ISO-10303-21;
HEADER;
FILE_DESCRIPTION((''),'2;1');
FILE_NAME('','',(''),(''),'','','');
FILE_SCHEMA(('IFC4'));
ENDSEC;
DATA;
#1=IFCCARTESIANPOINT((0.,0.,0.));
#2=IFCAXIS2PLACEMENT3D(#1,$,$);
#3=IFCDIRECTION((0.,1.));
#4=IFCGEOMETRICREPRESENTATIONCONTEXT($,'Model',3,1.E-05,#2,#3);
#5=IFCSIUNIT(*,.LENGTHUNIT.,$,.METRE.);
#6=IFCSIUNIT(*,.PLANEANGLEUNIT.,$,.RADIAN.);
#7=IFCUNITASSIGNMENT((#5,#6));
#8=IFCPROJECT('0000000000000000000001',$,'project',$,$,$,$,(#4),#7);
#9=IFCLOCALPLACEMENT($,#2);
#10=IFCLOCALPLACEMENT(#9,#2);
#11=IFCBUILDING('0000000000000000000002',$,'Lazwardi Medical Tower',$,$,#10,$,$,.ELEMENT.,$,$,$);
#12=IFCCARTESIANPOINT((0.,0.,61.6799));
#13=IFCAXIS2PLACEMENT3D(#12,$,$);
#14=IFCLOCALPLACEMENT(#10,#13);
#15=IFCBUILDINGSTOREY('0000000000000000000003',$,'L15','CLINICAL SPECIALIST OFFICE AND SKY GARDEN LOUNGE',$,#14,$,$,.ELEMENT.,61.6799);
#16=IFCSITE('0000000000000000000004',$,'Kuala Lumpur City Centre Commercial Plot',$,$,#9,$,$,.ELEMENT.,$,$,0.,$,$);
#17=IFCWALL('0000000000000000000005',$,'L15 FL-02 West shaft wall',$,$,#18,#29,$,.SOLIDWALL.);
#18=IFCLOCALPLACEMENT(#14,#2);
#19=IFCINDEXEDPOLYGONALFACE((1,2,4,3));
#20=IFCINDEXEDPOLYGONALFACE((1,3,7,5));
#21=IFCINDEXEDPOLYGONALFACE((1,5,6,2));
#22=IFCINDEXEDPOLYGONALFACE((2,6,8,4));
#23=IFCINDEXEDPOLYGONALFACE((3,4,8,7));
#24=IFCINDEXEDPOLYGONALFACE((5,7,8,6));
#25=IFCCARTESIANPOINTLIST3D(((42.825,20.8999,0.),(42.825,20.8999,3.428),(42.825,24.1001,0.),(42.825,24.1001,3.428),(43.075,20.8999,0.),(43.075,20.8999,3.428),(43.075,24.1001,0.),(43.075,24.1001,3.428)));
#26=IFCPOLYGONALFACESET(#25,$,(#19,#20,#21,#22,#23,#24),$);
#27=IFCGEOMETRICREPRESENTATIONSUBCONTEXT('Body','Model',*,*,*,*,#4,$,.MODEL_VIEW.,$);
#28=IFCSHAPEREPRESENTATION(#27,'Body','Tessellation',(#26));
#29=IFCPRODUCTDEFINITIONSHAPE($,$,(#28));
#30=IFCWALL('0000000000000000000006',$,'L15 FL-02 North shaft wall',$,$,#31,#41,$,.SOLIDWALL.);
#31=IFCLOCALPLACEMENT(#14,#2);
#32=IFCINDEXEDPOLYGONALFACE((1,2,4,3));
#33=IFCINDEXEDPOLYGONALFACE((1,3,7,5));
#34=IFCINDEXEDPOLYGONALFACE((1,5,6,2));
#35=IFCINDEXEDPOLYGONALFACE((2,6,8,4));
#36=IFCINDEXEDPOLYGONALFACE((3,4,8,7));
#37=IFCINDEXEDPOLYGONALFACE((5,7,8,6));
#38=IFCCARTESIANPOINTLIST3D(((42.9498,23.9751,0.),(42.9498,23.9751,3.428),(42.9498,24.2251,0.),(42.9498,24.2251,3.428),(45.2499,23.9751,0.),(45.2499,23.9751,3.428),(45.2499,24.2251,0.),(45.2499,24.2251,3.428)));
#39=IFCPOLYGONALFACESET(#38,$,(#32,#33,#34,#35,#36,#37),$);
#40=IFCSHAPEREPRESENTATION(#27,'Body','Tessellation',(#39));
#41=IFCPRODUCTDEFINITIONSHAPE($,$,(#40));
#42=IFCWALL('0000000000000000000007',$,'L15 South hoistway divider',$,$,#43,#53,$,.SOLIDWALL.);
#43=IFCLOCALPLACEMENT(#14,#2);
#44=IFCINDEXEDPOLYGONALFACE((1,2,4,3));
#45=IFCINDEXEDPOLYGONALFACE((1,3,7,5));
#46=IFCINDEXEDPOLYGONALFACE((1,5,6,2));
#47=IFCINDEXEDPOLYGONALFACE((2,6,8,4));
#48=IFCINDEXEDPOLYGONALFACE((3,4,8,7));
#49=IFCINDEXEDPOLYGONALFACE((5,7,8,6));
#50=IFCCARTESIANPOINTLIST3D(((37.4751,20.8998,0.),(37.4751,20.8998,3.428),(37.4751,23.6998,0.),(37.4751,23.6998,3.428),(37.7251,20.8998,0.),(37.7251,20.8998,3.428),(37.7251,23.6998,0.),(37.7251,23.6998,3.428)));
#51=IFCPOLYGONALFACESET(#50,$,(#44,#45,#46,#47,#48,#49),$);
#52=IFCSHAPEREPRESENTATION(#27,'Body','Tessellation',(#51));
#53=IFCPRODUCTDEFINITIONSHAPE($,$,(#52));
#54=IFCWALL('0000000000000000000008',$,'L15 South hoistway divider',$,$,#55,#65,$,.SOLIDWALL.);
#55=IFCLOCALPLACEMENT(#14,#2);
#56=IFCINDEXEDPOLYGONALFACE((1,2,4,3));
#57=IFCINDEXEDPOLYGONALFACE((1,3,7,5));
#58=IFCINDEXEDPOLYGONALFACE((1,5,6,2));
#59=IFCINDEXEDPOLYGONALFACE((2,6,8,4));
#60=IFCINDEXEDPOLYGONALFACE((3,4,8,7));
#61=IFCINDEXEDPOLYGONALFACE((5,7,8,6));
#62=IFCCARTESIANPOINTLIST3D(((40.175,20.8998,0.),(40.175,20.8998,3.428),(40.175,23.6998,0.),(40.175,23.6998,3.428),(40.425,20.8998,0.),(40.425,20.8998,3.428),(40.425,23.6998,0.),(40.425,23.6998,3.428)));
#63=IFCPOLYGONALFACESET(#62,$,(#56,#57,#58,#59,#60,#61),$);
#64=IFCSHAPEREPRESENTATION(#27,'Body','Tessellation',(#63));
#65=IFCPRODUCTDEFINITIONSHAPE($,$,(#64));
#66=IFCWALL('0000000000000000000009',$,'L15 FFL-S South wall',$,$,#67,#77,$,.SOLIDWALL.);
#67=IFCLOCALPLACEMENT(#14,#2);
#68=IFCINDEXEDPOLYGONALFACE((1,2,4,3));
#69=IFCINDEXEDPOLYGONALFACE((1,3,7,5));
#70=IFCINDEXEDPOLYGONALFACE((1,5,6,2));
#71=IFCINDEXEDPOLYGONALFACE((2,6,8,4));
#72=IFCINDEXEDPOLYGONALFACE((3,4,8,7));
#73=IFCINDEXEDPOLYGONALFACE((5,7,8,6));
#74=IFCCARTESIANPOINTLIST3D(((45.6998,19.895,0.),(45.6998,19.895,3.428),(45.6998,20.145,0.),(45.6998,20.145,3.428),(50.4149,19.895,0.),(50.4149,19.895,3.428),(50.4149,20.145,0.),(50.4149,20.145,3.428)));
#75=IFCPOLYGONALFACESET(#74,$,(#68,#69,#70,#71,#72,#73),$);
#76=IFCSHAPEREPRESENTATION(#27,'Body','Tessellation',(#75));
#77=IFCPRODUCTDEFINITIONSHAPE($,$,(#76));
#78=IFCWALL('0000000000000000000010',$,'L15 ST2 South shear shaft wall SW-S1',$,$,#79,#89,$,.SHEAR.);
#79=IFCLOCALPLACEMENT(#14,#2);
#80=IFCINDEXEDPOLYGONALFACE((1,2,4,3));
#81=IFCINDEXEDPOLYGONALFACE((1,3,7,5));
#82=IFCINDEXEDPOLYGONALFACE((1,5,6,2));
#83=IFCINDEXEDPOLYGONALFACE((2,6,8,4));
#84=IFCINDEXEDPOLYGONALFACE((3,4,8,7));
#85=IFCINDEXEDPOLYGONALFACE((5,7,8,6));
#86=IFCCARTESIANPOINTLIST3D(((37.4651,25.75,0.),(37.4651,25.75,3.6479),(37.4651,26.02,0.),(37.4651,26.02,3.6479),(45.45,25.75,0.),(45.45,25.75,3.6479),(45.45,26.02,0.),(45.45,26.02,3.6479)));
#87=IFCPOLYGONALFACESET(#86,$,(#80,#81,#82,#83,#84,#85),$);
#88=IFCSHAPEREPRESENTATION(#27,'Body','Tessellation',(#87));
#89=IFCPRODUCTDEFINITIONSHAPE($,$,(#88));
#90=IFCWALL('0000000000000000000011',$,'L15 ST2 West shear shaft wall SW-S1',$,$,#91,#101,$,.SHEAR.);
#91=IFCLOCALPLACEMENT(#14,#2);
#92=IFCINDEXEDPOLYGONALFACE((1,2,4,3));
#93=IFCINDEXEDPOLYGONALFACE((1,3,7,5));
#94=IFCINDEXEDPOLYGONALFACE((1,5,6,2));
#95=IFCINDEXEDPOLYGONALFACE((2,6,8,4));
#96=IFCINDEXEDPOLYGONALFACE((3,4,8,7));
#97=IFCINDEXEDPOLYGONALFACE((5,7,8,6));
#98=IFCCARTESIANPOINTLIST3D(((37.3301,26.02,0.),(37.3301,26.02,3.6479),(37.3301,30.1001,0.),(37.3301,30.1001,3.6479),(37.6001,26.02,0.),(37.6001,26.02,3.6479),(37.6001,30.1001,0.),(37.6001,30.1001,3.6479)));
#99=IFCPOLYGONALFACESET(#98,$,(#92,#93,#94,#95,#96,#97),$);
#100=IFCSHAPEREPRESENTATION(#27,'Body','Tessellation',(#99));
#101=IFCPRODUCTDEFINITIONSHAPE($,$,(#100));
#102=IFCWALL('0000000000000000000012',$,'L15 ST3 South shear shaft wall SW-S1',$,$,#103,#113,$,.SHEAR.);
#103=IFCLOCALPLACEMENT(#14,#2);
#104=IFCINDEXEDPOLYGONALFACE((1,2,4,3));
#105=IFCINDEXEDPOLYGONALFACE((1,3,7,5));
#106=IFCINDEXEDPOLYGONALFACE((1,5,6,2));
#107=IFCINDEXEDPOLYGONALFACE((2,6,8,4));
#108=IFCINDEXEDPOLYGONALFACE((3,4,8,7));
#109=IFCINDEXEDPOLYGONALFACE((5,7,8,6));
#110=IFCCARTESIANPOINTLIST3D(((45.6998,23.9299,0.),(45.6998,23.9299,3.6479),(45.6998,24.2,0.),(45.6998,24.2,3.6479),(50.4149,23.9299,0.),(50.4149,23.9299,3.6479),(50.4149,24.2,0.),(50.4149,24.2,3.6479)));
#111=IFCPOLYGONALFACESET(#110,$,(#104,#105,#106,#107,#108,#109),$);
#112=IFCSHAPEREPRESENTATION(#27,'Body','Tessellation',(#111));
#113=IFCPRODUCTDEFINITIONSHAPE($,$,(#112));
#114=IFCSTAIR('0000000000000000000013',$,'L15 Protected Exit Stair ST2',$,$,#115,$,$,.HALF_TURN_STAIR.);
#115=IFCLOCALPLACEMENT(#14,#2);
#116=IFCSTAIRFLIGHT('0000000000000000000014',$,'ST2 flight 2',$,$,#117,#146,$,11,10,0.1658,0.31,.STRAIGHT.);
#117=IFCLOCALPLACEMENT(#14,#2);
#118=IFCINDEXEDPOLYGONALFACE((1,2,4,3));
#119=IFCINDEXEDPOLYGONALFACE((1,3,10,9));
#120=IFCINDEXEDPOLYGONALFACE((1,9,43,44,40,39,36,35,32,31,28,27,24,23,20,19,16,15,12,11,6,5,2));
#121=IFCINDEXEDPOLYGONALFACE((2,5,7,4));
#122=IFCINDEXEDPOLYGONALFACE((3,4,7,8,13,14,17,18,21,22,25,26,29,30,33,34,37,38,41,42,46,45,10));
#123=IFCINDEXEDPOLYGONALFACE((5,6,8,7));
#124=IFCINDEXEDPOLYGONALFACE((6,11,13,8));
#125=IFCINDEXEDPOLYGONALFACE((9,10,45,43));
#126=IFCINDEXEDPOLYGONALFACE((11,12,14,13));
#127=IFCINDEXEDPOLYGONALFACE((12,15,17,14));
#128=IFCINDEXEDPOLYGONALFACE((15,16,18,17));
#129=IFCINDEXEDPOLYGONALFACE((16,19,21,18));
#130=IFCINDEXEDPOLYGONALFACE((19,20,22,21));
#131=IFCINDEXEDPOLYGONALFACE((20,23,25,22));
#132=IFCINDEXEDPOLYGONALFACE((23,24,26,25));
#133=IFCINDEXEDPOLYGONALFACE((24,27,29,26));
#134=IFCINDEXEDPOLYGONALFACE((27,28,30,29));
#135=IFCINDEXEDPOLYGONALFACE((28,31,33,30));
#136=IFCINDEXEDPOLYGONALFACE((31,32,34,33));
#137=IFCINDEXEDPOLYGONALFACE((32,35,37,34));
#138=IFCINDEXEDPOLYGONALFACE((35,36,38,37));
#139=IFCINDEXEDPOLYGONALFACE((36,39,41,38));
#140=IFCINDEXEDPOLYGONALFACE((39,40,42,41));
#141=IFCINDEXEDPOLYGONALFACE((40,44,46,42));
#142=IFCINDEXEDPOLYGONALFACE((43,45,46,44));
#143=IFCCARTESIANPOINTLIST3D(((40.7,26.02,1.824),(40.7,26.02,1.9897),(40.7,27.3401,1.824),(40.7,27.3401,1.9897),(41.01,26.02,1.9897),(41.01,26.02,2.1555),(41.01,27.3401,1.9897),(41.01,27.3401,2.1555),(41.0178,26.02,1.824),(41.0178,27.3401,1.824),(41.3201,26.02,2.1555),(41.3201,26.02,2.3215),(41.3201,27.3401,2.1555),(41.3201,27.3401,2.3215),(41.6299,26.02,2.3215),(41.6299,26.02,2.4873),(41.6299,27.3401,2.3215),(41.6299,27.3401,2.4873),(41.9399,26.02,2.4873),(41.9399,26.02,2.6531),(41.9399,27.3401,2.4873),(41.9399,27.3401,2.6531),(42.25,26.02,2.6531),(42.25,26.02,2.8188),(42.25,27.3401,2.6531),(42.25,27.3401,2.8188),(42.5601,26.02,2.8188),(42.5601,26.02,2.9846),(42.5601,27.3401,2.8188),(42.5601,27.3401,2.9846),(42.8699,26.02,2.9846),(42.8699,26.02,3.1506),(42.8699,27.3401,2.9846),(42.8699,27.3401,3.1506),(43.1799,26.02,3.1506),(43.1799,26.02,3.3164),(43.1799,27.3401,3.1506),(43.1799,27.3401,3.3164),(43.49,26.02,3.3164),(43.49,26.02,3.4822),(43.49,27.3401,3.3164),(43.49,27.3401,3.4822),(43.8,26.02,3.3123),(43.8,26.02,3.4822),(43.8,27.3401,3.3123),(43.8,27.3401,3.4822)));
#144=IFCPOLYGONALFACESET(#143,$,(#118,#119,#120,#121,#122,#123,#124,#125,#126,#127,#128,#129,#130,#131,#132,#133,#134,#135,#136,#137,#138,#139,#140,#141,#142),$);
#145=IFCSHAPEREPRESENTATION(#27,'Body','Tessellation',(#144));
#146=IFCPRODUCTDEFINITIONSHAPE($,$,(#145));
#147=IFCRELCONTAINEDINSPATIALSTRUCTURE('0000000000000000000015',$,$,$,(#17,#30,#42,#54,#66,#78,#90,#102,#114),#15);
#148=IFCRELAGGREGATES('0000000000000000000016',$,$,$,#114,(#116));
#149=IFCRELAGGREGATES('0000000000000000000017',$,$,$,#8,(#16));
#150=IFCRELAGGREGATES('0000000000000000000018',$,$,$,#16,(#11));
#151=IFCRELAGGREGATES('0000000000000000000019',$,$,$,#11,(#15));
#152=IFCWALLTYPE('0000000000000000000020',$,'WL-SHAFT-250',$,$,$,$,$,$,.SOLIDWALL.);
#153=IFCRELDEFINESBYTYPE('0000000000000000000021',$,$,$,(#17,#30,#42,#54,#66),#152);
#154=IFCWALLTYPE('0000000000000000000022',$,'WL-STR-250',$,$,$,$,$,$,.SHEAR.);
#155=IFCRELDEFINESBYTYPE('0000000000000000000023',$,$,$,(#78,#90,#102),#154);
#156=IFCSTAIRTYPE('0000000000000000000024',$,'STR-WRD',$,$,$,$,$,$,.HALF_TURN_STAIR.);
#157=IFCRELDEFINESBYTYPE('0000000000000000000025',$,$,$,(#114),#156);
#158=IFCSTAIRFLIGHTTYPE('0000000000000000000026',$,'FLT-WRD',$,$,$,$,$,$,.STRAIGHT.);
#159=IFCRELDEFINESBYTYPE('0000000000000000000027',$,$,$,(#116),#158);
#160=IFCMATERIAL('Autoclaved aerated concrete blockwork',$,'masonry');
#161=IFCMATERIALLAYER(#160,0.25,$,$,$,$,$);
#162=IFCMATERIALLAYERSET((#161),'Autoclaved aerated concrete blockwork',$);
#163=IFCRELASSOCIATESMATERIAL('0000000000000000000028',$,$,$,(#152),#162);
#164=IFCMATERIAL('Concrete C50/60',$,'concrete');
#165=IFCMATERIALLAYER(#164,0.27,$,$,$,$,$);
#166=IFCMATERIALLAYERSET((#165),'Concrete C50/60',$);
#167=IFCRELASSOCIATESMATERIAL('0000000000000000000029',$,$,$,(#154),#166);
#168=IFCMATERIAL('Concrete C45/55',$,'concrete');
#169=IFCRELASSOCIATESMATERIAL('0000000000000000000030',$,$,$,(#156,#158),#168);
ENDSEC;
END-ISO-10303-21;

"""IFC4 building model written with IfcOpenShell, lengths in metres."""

from ifc_helpers import new_model, si_unit, direction, frame, frame_2d, origin, place, context, subcontext, project, spatial, polyline, rectangle, outline, extrude, material, layer, layer_set, type_object, element, aggregate, save


model = new_model("IFC4")

# Units and contexts
model_context = context("Model", 3, precision=1e-05, world=origin(), true_north=direction((0.0, 1.0)))
body_context = subcontext(model_context, "Body", "Model", "MODEL_VIEW")
ifc_project = project(units=[si_unit("LENGTHUNIT", "METRE"), si_unit("PLANEANGLEUNIT", "RADIAN")], contexts=[model_context])

# Site, building, storey
site_placement = place(None, origin())
site = spatial("IfcSite", under=ifc_project, at=site_placement, Name="Kuala Lumpur City Centre Commercial Plot", CompositionType="ELEMENT", RefElevation=0.0)
building_placement = place(site_placement, origin())
building = spatial("IfcBuilding", under=site, at=building_placement, Name="Lazwardi Medical Tower", CompositionType="ELEMENT")
storey_placement = place(building_placement, frame((0.0, 0.0, 61.6799)))
storey = spatial("IfcBuildingStorey", under=building, at=storey_placement, Name="L15", Description="CLINICAL SPECIALIST OFFICE AND SKY GARDEN LOUNGE", CompositionType="ELEMENT", Elevation=61.6799)

# Walls
ifc_material_1 = material(Name="Autoclaved aerated concrete blockwork", Category="masonry")
ifc_layer_1 = layer(ifc_material_1, 0.25)
ifc_layer_set_1 = layer_set([ifc_layer_1], Name="Autoclaved aerated concrete blockwork")
wall_type_1 = type_object("IfcWallType", Name="WL-SHAFT-250", PredefinedType="SOLIDWALL", material=ifc_layer_set_1)
wall_1_placement = place(storey_placement, frame((42.95, 20.8999, 0.0), z_axis=(0.0, 0.0, 1.0), x_axis=(0.0, 1.0, 0.0)))
element("IfcWall", 1, at=wall_1_placement, inside=storey, type_object=wall_type_1, Name="L15 FL-02 West shaft wall", PredefinedType="SOLIDWALL", context=body_context, shape_type="SweptSolid", body=[
    extrude(rectangle(XDim=3.2002, YDim=0.25, at=frame_2d((1.6001, 0.0))), origin(), (0.0, 0.0, 1.0), 3.428),
])
wall_2_placement = place(storey_placement, frame((42.95, 24.1001, 0.0), z_axis=(0.0, 0.0, 1.0), x_axis=(1.0, 0.0, 0.0)))
element("IfcWall", 2, at=wall_2_placement, inside=storey, type_object=wall_type_1, Name="L15 FL-02 North shaft wall", PredefinedType="SOLIDWALL", context=body_context, shape_type="SweptSolid", body=[
    extrude(rectangle(XDim=2.3, YDim=0.25, at=frame_2d((1.1499, 0.0))), origin(), (0.0, 0.0, 1.0), 3.428),
])
for number, where, z_axis, x_axis, name in (
    (3, (37.6001, 20.8999, 0.0), (0.0, 0.0, 1.0), (0.0, 1.0, 0.0), "L15 South hoistway divider"),
    (4, (40.3, 20.8999, 0.0), (0.0, 0.0, 1.0), (0.0, 1.0, 0.0), "L15 South hoistway divider"),
):
    element("IfcWall", number, at=place(storey_placement, frame(where, z_axis=z_axis, x_axis=x_axis)), inside=storey, type_object=wall_type_1, Name=name, PredefinedType="SOLIDWALL", context=body_context, shape_type="SweptSolid", body=[
        extrude(rectangle(XDim=2.8, YDim=0.25, at=frame_2d((1.3999, 0.0))), origin(), (0.0, 0.0, 1.0), 3.428),
    ])
wall_3_placement = place(storey_placement, frame((45.7, 20.02, 0.0), z_axis=(0.0, 0.0, 1.0), x_axis=(1.0, 0.0, 0.0)))
element("IfcWall", 5, at=wall_3_placement, inside=storey, type_object=wall_type_1, Name="L15 FFL-S South wall", PredefinedType="SOLIDWALL", context=body_context, shape_type="SweptSolid", body=[
    extrude(rectangle(XDim=4.7151, YDim=0.25, at=frame_2d((2.3574, 0.0))), origin(), (0.0, 0.0, 1.0), 3.428),
])
ifc_material_2 = material(Name="Concrete C50/60", Category="concrete")
ifc_layer_2 = layer(ifc_material_2, 0.27)
ifc_layer_set_2 = layer_set([ifc_layer_2], Name="Concrete C50/60")
wall_type_2 = type_object("IfcWallType", Name="WL-STR-250", PredefinedType="SHEAR", material=ifc_layer_set_2)
wall_4_placement = place(storey_placement, frame((37.4651, 25.885, 0.0), z_axis=(0.0, 0.0, 1.0), x_axis=(1.0, 0.0, 0.0)))
element("IfcWall", 6, at=wall_4_placement, inside=storey, type_object=wall_type_2, Name="L15 ST2 South shear shaft wall SW-S1", PredefinedType="SHEAR", context=body_context, shape_type="SweptSolid", body=[
    extrude(rectangle(XDim=7.9849, YDim=0.27, at=frame_2d((3.9924, 0.0))), origin(), (0.0, 0.0, 1.0), 3.6479),
])
wall_5_placement = place(storey_placement, frame((37.4651, 26.02, 0.0), z_axis=(0.0, 0.0, 1.0), x_axis=(0.0, 1.0, 0.0)))
element("IfcWall", 7, at=wall_5_placement, inside=storey, type_object=wall_type_2, Name="L15 ST2 West shear shaft wall SW-S1", PredefinedType="SHEAR", context=body_context, shape_type="SweptSolid", body=[
    extrude(rectangle(XDim=4.0801, YDim=0.27, at=frame_2d((2.04, 0.0))), origin(), (0.0, 0.0, 1.0), 3.6479),
])
wall_6_placement = place(storey_placement, frame((45.7, 24.0649, 0.0), z_axis=(0.0, 0.0, 1.0), x_axis=(1.0, 0.0, 0.0)))
element("IfcWall", 8, at=wall_6_placement, inside=storey, type_object=wall_type_2, Name="L15 ST3 South shear shaft wall SW-S1", PredefinedType="SHEAR", context=body_context, shape_type="SweptSolid", body=[
    extrude(rectangle(XDim=4.7151, YDim=0.27, at=frame_2d((2.3574, 0.0))), origin(), (0.0, 0.0, 1.0), 3.6479),
])

# Stair, stair flight
ifc_material_3 = material(Name="Concrete C45/55", Category="concrete")
stair_type = type_object("IfcStairType", Name="STR-WRD", PredefinedType="HALF_TURN_STAIR", material=ifc_material_3)
stair_placement = place(storey_placement, origin())
stair = element("IfcStair", 9, at=stair_placement, inside=storey, type_object=stair_type, Name="L15 Protected Exit Stair ST2", PredefinedType="HALF_TURN_STAIR")
stair_flight_type = type_object("IfcStairFlightType", Name="FLT-WRD", PredefinedType="STRAIGHT", material=ifc_material_3)
stair_flight_placement = place(storey_placement, frame((40.7, 26.6799, 1.824), z_axis=(0.0, 0.0, 1.0), x_axis=(1.0, 0.0, 0.0)))
stair_flight = element("IfcStairFlight", 10, at=stair_flight_placement, type_object=stair_flight_type, Name="ST2 flight 2", NumberOfRisers=11, NumberOfTreads=10, PredefinedType="STRAIGHT", RiserHeight=0.1658, TreadLength=0.31, context=body_context, shape_type="SweptSolid", body=[
    extrude(outline(polyline([(0.0, 0.0), (0.0, 0.1658), (0.3101, 0.1658), (0.3101, 0.3315), (0.6201, 0.3315), (0.6201, 0.4976), (0.9299, 0.4976), (0.9299, 0.6633), (1.24, 0.6633), (1.24, 0.8291), (1.55, 0.8291), (1.55, 0.9949), (1.8601, 0.9949), (1.8601, 1.1606), (2.1699, 1.1606), (2.1699, 1.3267), (2.48, 1.3267), (2.48, 1.4924), (2.79, 1.4924), (2.79, 1.6582), (3.1001, 1.6582), (3.1001, 1.824), (3.1001, 1.4883), (0.3179, 0.0), (0.0, 0.0)])), frame((0.0, 0.6602, 0.0), z_axis=(0.0, -1.0, 0.0), x_axis=(1.0, 0.0, 0.0)), (0.0, 0.0, 1.0), 1.3201),
])
aggregate(stair, [stair_flight])

save(model, "model.ifc")
